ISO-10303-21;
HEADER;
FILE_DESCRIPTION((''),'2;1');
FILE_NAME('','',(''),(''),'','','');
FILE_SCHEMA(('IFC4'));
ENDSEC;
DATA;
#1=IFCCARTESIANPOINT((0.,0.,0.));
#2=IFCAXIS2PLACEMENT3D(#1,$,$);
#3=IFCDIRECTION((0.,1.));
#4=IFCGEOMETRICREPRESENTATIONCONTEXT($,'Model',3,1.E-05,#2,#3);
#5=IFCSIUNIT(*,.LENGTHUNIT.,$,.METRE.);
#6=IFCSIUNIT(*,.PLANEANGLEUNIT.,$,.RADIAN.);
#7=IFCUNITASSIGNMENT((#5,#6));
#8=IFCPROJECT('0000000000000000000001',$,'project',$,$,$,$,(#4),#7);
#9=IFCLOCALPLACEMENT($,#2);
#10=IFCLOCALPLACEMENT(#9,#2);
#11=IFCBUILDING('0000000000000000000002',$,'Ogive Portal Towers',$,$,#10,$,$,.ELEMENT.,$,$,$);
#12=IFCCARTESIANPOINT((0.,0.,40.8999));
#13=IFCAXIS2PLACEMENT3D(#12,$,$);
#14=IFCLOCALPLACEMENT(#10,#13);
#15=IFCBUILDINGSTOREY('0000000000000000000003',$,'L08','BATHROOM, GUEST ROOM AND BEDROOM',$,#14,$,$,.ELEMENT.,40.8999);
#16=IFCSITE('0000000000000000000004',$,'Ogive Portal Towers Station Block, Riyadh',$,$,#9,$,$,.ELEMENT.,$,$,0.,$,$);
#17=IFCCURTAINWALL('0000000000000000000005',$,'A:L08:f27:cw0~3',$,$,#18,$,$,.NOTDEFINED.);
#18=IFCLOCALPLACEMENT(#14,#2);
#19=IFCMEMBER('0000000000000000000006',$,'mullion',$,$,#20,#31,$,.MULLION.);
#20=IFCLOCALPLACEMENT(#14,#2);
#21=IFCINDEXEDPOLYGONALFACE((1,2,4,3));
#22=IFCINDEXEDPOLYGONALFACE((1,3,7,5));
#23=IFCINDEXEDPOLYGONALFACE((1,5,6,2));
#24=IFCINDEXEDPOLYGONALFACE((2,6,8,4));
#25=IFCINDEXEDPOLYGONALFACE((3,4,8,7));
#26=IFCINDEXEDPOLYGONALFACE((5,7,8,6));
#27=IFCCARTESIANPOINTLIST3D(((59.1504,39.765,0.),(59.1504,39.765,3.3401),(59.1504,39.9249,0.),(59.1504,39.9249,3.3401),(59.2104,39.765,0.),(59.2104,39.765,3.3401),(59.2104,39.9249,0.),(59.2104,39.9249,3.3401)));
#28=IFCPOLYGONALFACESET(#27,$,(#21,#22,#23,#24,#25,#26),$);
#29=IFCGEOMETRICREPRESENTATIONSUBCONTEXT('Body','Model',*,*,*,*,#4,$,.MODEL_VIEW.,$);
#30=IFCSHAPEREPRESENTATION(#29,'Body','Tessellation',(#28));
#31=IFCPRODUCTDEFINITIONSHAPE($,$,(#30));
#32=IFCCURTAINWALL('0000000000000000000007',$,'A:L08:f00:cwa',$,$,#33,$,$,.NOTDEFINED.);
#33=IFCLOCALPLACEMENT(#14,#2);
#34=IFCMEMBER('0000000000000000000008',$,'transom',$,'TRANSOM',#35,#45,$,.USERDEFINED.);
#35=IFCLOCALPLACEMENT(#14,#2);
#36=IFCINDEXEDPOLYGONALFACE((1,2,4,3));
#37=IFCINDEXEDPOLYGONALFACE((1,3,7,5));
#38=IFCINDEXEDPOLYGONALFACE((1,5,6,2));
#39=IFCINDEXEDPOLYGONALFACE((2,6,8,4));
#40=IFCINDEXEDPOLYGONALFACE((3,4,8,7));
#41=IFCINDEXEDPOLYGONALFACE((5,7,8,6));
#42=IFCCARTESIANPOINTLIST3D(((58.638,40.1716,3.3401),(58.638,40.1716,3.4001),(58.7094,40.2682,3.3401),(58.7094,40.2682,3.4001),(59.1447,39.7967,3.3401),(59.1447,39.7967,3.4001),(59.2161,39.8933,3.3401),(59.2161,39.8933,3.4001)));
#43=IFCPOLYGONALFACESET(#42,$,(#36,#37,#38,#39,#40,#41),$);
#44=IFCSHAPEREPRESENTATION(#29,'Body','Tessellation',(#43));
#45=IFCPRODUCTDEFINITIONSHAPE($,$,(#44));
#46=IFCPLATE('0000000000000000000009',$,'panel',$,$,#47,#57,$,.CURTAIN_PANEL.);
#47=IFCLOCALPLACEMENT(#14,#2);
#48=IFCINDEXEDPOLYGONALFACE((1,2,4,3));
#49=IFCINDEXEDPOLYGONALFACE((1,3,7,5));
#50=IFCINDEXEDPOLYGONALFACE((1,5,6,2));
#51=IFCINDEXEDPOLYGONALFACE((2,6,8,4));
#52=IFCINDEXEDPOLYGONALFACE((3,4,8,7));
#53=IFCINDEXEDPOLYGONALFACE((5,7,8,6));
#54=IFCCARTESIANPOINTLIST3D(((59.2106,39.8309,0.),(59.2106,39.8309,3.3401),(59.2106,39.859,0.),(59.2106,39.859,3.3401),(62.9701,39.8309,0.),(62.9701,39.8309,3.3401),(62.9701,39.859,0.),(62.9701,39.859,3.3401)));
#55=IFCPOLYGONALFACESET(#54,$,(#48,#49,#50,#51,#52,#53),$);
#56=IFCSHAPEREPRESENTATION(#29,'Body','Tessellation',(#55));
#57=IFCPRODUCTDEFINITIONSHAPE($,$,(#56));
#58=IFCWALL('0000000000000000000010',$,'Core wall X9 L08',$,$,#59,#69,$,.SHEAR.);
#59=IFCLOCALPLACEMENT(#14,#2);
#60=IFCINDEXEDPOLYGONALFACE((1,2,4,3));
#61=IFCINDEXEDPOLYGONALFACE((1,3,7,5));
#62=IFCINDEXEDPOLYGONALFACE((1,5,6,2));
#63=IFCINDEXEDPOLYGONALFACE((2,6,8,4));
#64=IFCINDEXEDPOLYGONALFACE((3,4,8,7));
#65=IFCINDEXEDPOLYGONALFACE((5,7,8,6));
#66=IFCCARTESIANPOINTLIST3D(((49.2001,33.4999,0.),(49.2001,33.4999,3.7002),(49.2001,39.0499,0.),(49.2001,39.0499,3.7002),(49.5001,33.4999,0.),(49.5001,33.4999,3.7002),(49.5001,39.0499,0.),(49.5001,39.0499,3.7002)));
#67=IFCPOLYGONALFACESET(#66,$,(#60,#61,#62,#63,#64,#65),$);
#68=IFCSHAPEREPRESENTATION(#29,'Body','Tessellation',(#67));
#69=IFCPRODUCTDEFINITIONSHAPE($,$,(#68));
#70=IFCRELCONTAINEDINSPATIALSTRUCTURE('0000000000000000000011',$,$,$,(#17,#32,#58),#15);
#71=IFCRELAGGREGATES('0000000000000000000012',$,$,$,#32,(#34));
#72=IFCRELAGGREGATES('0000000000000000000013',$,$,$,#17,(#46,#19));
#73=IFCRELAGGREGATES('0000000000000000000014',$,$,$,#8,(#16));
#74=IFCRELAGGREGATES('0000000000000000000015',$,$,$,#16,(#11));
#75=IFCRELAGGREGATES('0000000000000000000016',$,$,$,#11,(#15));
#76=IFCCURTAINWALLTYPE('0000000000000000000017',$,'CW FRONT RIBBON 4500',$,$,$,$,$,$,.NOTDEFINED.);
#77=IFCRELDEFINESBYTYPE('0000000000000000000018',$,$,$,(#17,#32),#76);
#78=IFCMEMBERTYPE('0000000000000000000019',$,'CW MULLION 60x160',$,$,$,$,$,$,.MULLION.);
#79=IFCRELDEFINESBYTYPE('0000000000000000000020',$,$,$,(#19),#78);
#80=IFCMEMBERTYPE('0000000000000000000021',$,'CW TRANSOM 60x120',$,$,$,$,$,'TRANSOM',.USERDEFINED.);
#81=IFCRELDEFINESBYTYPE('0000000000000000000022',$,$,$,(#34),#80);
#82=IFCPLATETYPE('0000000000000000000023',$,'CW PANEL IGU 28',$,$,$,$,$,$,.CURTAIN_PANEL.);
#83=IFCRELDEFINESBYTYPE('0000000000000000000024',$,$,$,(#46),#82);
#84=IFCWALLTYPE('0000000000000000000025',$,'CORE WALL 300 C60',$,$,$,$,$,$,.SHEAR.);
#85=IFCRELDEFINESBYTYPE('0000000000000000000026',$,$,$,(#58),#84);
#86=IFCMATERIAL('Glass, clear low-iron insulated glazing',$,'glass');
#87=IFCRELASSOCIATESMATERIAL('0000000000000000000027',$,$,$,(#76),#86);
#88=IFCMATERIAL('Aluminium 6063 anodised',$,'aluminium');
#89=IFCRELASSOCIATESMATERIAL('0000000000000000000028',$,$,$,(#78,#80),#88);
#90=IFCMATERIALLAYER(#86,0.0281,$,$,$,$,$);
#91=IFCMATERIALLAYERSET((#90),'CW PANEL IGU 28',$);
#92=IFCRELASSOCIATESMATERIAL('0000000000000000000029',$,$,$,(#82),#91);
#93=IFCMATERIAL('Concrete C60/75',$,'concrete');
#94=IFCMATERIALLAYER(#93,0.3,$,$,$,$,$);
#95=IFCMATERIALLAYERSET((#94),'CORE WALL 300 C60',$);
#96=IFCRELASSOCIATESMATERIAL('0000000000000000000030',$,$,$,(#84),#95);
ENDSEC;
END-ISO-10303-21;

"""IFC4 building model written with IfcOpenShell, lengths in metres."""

from ifc_helpers import new_model, si_unit, direction, frame, frame_2d, origin, origin_2d, place, context, subcontext, project, spatial, rectangle, extrude, material, layer, layer_set, material_profile, profile_set, type_object, element, aggregate, save


model = new_model("IFC4")

# Units and contexts
model_context = context("Model", 3, precision=1e-05, world=origin(), true_north=direction((0.0, 1.0)))
body_context = subcontext(model_context, "Body", "Model", "MODEL_VIEW")
ifc_project = project(units=[si_unit("LENGTHUNIT", "METRE"), si_unit("PLANEANGLEUNIT", "RADIAN")], contexts=[model_context])

# Site, building, storey
site_placement = place(None, origin())
site = spatial("IfcSite", under=ifc_project, at=site_placement, Name="Ogive Portal Towers Station Block, Riyadh", CompositionType="ELEMENT", RefElevation=0.0)
building_placement = place(site_placement, origin())
building = spatial("IfcBuilding", under=site, at=building_placement, Name="Ogive Portal Towers", CompositionType="ELEMENT")
storey_placement = place(building_placement, frame((0.0, 0.0, 40.8999)))
storey = spatial("IfcBuildingStorey", under=building, at=storey_placement, Name="L08", Description="BATHROOM, GUEST ROOM AND BEDROOM", CompositionType="ELEMENT", Elevation=40.8999)

# Curtain walls, members
ifc_material_1 = material(Name="Glass, clear low-iron insulated glazing", Category="glass")
curtain_wall_type = type_object("IfcCurtainWallType", Name="CW FRONT RIBBON 4500", PredefinedType="NOTDEFINED", material=ifc_material_1)
curtain_wall_1_placement = place(storey_placement, origin())
curtain_wall_1 = element("IfcCurtainWall", 1, at=curtain_wall_1_placement, inside=storey, type_object=curtain_wall_type, Name="A:L08:f27:cw0~3", PredefinedType="NOTDEFINED")
ifc_material_2 = material(Name="Aluminium 6063 anodised", Category="aluminium")
ifc_material_profile_1 = material_profile(ifc_material_2, rectangle(XDim=0.1599, YDim=0.0601, at=origin_2d()), Name="AL 60x160")
ifc_profile_set_1 = profile_set([ifc_material_profile_1], Name="Aluminium 6063 anodised")
member_type_1 = type_object("IfcMemberType", Name="CW MULLION 60x160", PredefinedType="MULLION", material=ifc_profile_set_1)
member_1_placement = place(storey_placement, frame((59.1804, 39.845, 0.0), z_axis=(0.0, 0.0, 1.0), x_axis=(0.0, -1.0, 0.0)))
member_1 = element("IfcMember", 2, at=member_1_placement, type_object=member_type_1, Name="mullion", PredefinedType="MULLION", context=body_context, shape_type="SweptSolid", body=[
    extrude(rectangle(XDim=0.1599, YDim=0.0601, at=origin_2d()), origin(), (0.0, 0.0, 1.0), 3.3401),
])
curtain_wall_2_placement = place(storey_placement, origin())
curtain_wall_2 = element("IfcCurtainWall", 3, at=curtain_wall_2_placement, inside=storey, type_object=curtain_wall_type, Name="A:L08:f00:cwa", PredefinedType="NOTDEFINED")
ifc_material_profile_2 = material_profile(ifc_material_2, rectangle(XDim=0.1201, YDim=0.0601, at=origin_2d()), Name="AL 120x60")
ifc_profile_set_2 = profile_set([ifc_material_profile_2], Name="Aluminium 6063 anodised")
member_type_2 = type_object("IfcMemberType", Name="CW TRANSOM 60x120", ElementType="TRANSOM", PredefinedType="USERDEFINED", material=ifc_profile_set_2)
member_2_placement = place(storey_placement, frame((59.1804, 39.845, 3.3701), z_axis=(-0.803886, 0.594783, 0.0), x_axis=(-0.594783, -0.803886, 0.0)))
member_2 = element("IfcMember", 4, at=member_2_placement, type_object=member_type_2, Name="transom", ObjectType="TRANSOM", PredefinedType="USERDEFINED", context=body_context, shape_type="SweptSolid", body=[
    extrude(rectangle(XDim=0.1201, YDim=0.0601, at=origin_2d()), origin(), (0.0, 0.0, 1.0), 0.6304),
])
aggregate(curtain_wall_2, [member_2])

# Plate
ifc_layer_1 = layer(ifc_material_1, 0.0281)
ifc_layer_set_1 = layer_set([ifc_layer_1], Name="CW PANEL IGU 28")
plate_type = type_object("IfcPlateType", Name="CW PANEL IGU 28", PredefinedType="CURTAIN_PANEL", material=ifc_layer_set_1)
plate_placement = place(storey_placement, frame((61.0903, 39.845, 0.0), z_axis=(0.0, 0.0, 1.0), x_axis=(-1.0, 0.0, 0.0)))
plate = element("IfcPlate", 5, at=plate_placement, type_object=plate_type, Name="panel", PredefinedType="CURTAIN_PANEL", context=body_context, shape_type="SweptSolid", body=[
    extrude(rectangle(XDim=3.7595, YDim=0.0281, at=origin_2d()), origin(), (0.0, 0.0, 1.0), 3.3401),
])
aggregate(curtain_wall_1, [plate, member_1])

# Wall
ifc_material_3 = material(Name="Concrete C60/75", Category="concrete")
ifc_layer_2 = layer(ifc_material_3, 0.3)
ifc_layer_set_2 = layer_set([ifc_layer_2], Name="CORE WALL 300 C60")
wall_type_1 = type_object("IfcWallType", Name="CORE WALL 300 C60", PredefinedType="SHEAR", material=ifc_layer_set_2)
wall_1_placement = place(storey_placement, frame((49.3501, 33.5, 0.0), z_axis=(0.0, 0.0, 1.0), x_axis=(0.0, 1.0, 0.0)))
element("IfcWall", 6, at=wall_1_placement, inside=storey, type_object=wall_type_1, Name="Core wall X9 L08", PredefinedType="SHEAR", context=body_context, shape_type="SweptSolid", body=[
    extrude(rectangle(XDim=5.55, YDim=0.3, at=frame_2d((2.7749, 0.0))), origin(), (0.0, 0.0, 1.0), 3.7002),
])

save(model, "model.ifc")
